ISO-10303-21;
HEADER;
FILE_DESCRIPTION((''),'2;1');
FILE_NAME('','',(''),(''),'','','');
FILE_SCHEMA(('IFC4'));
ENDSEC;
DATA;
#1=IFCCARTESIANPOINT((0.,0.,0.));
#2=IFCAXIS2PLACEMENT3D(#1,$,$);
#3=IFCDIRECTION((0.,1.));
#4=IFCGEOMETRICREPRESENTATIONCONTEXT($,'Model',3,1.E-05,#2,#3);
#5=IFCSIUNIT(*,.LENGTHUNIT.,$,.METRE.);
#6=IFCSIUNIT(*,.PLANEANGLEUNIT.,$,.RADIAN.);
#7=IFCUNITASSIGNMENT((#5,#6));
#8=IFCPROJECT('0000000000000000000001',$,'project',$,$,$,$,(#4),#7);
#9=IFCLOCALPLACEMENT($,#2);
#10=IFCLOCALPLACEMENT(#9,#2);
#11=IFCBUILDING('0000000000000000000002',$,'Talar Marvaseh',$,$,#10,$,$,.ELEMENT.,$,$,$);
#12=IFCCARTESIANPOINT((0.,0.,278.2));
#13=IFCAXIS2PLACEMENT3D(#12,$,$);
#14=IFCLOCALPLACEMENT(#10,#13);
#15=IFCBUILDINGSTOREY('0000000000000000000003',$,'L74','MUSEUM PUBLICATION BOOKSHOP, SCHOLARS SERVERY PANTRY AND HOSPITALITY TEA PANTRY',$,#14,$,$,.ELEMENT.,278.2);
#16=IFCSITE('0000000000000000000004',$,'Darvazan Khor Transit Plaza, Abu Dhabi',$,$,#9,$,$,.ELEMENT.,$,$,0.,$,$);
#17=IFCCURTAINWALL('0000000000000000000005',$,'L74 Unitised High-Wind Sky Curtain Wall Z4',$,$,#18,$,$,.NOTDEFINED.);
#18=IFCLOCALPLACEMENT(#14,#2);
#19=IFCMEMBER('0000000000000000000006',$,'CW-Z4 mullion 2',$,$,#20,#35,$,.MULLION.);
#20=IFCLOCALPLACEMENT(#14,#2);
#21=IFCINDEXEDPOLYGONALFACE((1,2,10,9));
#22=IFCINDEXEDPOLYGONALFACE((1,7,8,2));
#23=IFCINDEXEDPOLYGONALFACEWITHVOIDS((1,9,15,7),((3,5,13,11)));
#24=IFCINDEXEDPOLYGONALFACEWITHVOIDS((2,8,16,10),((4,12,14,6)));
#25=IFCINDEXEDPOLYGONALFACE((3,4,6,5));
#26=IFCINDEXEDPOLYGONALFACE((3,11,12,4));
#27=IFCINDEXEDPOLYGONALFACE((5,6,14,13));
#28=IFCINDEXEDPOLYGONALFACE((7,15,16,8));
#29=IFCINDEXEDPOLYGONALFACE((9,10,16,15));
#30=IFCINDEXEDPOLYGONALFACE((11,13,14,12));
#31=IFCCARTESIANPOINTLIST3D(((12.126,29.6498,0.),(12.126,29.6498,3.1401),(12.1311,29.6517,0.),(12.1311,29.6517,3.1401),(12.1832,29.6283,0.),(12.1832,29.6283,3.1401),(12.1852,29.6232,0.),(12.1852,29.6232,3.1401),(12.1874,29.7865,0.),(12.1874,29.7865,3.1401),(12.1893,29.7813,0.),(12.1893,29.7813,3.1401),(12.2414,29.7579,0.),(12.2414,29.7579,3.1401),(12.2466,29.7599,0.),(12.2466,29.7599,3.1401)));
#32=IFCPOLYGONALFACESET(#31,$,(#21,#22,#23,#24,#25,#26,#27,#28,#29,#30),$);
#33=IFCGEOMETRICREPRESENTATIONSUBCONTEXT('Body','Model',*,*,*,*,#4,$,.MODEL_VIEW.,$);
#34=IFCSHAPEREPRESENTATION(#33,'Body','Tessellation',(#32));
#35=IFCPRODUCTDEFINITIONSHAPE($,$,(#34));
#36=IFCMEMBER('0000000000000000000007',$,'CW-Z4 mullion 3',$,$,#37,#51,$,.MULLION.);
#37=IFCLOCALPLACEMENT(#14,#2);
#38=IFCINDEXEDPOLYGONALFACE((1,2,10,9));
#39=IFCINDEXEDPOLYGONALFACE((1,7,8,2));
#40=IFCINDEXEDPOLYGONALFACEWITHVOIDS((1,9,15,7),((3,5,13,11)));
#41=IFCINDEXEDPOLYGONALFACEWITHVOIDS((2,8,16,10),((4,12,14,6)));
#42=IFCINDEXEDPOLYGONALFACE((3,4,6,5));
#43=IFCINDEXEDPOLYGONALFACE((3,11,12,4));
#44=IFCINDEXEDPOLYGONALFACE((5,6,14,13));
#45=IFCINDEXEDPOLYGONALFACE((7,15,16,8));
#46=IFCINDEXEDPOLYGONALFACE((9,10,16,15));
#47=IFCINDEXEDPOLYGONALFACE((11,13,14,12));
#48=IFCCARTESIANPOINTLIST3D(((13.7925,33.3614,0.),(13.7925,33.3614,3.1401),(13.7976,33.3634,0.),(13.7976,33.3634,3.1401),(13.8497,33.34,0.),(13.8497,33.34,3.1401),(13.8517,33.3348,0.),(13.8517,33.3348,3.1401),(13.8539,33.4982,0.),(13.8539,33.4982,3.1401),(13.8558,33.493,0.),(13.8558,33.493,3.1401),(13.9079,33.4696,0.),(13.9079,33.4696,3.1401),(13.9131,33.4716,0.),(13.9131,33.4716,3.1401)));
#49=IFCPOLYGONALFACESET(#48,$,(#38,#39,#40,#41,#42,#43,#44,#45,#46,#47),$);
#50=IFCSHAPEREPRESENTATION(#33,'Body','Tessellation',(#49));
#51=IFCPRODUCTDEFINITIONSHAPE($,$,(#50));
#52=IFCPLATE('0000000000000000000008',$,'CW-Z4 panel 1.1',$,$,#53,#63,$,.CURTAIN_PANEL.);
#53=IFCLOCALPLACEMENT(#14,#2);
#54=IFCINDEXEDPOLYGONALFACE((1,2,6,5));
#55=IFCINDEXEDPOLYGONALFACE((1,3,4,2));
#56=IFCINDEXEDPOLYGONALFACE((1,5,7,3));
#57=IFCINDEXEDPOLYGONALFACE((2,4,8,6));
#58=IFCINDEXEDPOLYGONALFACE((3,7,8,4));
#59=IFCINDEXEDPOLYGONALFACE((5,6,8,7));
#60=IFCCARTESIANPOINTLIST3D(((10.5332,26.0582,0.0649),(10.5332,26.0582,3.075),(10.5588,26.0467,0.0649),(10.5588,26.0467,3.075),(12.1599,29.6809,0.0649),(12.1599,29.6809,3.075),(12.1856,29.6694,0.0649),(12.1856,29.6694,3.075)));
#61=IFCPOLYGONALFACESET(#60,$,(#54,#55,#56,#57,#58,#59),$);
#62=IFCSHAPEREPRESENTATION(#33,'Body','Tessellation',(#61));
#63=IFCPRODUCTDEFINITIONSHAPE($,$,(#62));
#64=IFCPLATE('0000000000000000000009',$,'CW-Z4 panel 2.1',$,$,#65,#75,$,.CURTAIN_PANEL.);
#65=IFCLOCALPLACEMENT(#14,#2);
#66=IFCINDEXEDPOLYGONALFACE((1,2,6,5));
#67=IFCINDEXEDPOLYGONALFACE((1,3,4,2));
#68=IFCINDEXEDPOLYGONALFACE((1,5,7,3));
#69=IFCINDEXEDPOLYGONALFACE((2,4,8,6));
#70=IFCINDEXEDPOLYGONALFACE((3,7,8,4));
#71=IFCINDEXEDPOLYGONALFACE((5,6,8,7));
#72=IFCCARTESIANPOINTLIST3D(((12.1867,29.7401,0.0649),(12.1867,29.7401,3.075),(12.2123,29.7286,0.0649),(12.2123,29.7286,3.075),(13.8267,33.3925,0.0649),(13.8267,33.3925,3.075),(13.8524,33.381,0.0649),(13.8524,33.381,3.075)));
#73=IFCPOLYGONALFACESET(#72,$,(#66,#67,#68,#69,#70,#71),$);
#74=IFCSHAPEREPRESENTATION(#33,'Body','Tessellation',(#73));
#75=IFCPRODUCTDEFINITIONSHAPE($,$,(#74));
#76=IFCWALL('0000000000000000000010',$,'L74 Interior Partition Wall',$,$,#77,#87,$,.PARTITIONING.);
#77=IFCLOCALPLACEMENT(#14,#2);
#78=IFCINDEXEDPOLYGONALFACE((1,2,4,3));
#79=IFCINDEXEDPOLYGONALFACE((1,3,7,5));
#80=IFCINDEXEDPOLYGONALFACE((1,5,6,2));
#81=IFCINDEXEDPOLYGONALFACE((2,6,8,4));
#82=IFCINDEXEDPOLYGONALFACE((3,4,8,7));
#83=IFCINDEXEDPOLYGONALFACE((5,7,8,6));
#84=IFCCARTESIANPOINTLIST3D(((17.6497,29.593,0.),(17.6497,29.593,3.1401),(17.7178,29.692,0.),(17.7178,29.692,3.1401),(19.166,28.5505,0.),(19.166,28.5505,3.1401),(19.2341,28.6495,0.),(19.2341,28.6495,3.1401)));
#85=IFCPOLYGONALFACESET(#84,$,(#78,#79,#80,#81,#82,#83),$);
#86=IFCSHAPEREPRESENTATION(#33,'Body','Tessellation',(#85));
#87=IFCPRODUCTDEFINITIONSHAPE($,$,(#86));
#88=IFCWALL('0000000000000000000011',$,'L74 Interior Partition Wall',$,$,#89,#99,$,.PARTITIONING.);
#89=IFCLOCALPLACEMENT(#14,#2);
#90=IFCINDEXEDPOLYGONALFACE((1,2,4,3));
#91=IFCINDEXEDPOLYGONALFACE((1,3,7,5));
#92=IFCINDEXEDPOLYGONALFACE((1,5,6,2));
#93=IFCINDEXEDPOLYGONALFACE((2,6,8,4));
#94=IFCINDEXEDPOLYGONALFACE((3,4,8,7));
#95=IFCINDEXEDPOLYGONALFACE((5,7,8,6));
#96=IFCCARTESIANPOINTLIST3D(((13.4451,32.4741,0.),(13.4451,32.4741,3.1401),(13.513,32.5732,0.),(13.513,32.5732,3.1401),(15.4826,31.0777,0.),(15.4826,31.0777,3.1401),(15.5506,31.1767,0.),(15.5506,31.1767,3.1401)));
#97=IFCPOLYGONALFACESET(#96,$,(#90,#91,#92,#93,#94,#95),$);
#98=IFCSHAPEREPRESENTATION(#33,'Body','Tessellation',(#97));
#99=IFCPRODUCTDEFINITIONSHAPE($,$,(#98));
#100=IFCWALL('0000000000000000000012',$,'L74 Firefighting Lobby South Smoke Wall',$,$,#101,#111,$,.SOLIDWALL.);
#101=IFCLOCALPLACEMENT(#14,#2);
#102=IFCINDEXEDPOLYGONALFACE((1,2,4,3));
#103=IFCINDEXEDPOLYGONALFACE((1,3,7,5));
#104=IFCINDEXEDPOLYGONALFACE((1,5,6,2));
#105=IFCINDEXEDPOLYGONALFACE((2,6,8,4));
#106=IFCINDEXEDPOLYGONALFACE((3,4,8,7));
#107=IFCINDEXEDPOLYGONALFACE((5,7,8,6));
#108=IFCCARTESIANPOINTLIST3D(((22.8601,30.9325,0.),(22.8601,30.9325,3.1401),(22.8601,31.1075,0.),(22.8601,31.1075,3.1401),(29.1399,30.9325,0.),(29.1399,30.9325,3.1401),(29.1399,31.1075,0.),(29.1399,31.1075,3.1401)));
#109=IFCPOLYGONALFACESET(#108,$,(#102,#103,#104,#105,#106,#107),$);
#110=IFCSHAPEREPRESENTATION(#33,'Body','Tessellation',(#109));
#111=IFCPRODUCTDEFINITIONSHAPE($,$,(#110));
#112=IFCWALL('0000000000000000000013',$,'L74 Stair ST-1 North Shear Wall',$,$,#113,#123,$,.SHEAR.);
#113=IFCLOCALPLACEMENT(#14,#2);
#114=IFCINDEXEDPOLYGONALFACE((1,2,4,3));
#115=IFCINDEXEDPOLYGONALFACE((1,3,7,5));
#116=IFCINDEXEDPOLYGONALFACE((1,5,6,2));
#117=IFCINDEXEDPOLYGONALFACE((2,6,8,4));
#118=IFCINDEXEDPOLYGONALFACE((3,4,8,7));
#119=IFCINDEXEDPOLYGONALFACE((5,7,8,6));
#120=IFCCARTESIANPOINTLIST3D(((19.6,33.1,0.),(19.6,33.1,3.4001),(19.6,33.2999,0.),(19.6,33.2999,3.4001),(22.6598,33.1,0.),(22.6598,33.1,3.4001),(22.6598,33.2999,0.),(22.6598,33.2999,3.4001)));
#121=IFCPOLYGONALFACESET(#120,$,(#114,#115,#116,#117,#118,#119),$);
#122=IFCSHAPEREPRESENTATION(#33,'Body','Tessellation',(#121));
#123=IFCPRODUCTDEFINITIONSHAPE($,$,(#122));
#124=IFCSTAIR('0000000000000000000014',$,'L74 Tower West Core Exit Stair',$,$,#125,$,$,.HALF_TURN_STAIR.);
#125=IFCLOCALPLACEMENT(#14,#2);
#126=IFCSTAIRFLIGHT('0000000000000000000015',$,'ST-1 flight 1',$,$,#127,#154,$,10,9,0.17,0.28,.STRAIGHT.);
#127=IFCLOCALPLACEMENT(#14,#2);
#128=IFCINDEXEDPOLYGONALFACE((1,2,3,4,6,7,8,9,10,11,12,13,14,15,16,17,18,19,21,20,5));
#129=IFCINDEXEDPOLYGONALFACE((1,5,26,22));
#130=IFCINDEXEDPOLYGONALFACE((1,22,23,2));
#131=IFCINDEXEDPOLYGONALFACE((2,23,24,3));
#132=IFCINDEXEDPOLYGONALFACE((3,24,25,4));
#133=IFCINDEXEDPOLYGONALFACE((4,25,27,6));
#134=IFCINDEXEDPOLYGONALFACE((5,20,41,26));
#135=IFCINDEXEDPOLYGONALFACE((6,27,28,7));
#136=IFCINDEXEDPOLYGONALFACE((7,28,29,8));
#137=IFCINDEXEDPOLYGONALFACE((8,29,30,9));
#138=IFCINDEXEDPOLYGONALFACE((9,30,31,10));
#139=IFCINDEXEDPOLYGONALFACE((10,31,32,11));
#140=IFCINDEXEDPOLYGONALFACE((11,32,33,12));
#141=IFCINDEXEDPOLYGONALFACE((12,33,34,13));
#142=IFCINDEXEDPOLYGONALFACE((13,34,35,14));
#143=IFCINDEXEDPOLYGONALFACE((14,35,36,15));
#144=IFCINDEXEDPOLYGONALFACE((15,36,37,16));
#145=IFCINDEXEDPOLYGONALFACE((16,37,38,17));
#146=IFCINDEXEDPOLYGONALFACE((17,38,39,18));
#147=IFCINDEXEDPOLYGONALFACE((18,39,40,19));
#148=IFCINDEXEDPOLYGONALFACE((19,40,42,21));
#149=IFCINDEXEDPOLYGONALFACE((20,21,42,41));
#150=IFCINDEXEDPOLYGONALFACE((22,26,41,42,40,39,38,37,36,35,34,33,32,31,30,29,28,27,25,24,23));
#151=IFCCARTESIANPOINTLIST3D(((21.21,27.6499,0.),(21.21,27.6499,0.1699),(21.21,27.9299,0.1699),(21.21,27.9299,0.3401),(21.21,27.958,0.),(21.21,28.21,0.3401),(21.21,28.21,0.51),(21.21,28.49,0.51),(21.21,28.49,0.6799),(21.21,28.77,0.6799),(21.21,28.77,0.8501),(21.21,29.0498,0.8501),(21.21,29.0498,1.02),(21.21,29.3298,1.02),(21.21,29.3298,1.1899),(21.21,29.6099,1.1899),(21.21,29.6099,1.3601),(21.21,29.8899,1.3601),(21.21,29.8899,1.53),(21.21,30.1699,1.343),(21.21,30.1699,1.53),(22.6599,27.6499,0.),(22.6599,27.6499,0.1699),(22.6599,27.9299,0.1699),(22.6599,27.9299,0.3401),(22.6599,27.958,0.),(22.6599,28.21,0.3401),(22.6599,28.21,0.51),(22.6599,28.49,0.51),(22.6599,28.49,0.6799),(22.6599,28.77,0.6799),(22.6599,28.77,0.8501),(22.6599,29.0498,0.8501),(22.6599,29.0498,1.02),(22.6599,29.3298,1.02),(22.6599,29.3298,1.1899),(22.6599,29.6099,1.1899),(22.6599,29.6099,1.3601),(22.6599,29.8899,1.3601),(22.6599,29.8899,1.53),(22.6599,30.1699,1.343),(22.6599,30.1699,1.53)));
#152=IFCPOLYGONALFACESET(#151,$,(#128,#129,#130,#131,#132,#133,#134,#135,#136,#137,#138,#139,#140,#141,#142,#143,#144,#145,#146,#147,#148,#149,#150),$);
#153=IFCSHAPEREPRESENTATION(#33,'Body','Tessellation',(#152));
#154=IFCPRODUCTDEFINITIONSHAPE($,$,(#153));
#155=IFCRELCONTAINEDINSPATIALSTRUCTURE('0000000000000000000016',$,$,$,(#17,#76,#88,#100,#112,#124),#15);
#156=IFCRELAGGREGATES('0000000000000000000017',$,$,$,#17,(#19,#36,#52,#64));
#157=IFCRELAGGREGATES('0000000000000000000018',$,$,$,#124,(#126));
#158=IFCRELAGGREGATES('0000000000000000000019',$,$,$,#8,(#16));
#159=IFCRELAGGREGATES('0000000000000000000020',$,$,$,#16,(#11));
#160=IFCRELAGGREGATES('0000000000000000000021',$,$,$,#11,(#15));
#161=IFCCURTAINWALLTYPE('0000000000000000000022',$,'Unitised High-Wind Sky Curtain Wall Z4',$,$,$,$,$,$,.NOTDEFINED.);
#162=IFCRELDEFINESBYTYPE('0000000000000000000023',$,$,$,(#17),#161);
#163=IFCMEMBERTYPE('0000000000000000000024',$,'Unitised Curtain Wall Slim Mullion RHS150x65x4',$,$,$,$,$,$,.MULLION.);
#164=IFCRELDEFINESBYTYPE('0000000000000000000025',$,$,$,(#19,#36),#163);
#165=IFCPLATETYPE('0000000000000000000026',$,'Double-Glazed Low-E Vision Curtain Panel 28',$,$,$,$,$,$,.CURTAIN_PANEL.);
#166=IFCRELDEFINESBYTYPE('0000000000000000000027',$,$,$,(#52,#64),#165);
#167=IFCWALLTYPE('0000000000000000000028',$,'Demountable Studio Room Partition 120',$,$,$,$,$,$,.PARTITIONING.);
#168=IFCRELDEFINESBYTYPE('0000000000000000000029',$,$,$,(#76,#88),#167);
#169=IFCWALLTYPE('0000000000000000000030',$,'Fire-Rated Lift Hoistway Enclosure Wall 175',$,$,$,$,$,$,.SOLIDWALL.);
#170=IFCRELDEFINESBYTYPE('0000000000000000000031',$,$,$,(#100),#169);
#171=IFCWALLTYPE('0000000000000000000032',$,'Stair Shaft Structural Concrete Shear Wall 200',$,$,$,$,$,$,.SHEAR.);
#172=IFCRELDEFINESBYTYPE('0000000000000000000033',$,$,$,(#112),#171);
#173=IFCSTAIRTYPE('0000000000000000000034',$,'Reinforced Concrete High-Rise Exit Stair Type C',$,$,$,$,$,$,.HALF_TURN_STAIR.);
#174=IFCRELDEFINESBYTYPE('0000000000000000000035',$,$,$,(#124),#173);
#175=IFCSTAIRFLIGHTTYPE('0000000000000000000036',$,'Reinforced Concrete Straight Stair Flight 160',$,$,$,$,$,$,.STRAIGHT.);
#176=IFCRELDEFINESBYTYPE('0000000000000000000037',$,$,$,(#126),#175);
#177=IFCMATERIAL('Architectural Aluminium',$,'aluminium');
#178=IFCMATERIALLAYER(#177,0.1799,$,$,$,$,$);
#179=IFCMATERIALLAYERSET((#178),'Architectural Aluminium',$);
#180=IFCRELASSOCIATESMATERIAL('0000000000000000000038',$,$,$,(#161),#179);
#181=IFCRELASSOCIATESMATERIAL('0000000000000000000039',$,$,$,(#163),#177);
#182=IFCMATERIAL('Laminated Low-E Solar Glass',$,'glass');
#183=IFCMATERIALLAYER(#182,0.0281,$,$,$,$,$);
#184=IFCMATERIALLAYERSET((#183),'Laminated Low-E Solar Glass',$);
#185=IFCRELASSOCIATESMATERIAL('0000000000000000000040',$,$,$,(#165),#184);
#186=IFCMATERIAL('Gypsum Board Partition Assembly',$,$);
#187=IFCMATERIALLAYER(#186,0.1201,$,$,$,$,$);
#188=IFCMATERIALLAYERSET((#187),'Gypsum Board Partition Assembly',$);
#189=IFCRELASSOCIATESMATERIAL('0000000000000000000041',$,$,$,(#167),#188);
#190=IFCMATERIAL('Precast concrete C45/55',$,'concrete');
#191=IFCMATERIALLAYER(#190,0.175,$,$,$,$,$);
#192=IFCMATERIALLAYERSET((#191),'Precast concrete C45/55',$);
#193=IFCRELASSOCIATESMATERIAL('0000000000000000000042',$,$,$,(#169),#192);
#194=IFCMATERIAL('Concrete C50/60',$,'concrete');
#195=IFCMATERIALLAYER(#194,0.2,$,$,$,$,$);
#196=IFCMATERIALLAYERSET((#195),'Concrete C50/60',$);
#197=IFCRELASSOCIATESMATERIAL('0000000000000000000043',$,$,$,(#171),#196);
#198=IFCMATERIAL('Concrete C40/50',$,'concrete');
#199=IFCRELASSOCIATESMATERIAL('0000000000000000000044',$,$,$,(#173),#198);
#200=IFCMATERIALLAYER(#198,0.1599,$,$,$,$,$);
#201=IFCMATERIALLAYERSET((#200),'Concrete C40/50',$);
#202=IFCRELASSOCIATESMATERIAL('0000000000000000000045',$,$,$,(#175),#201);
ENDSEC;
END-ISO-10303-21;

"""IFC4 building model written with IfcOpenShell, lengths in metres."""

from ifc_helpers import new_model, si_unit, direction, frame, frame_2d, origin, origin_2d, place, context, subcontext, project, spatial, polyline, rectangle, hollow_rectangle, outline, extrude, source, transform, mapped, material, layer, layer_set, material_profile, profile_set, type_object, type_shapes, element, aggregate, save


model = new_model("IFC4")

# Units and contexts
model_context = context("Model", 3, precision=1e-05, world=origin(), true_north=direction((0.0, 1.0)))
body_context = subcontext(model_context, "Body", "Model", "MODEL_VIEW")
ifc_project = project(units=[si_unit("LENGTHUNIT", "METRE"), si_unit("PLANEANGLEUNIT", "RADIAN")], contexts=[model_context])

# Site, building, storey
site_placement = place(None, origin())
site = spatial("IfcSite", under=ifc_project, at=site_placement, Name="Darvazan Khor Transit Plaza, Abu Dhabi", CompositionType="ELEMENT", RefElevation=0.0)
building_placement = place(site_placement, origin())
building = spatial("IfcBuilding", under=site, at=building_placement, Name="Talar Marvaseh", CompositionType="ELEMENT")
storey_placement = place(building_placement, frame((0.0, 0.0, 278.2)))
storey = spatial("IfcBuildingStorey", under=building, at=storey_placement, Name="L74", Description="MUSEUM PUBLICATION BOOKSHOP, SCHOLARS SERVERY PANTRY AND HOSPITALITY TEA PANTRY", CompositionType="ELEMENT", Elevation=278.2)

# Shared definitions
ifc_material_1 = material(Name="Concrete C50/60", Category="concrete")

# Shared definitions
ifc_material_2 = material(Name="Concrete C40/50", Category="concrete")

# Curtain wall, members, plates
ifc_material_3 = material(Name="Architectural Aluminium", Category="aluminium")
ifc_layer_1 = layer(ifc_material_3, 0.1799)
ifc_layer_set_1 = layer_set([ifc_layer_1], Name="Architectural Aluminium")
curtain_wall_type = type_object("IfcCurtainWallType", Name="Unitised High-Wind Sky Curtain Wall Z4", PredefinedType="NOTDEFINED", material=ifc_layer_set_1)
curtain_wall_placement = place(storey_placement, origin())
curtain_wall = element("IfcCurtainWall", 1, at=curtain_wall_placement, inside=storey, type_object=curtain_wall_type, Name="L74 Unitised High-Wind Sky Curtain Wall Z4", PredefinedType="NOTDEFINED")
ifc_material_profile_1 = material_profile(ifc_material_3, hollow_rectangle(XDim=0.0649, YDim=0.1499, WallThickness=0.0039, at=origin_2d()), Name="RHS150x65x4")
ifc_profile_set_1 = profile_set([ifc_material_profile_1], Name="Architectural Aluminium")
member_type_1 = type_object("IfcMemberType", Name="Unitised Curtain Wall Slim Mullion RHS150x65x4", PredefinedType="MULLION", material=ifc_profile_set_1)
shared_shape_1 = source(origin(), body_context, "Body", "SweptSolid", [
    extrude(hollow_rectangle(XDim=0.0649, YDim=0.1499, WallThickness=0.0039, at=origin_2d()), origin(), (0.0, 0.0, 1.0), 3.1401),
])
type_shapes(member_type_1, [shared_shape_1])
member_1_placement = place(storey_placement, frame((12.1863, 29.7048, 0.0), z_axis=(0.0, 0.0, 1.0), x_axis=(-0.912249, 0.409635, 0.0)))
member_1 = element("IfcMember", 2, at=member_1_placement, type_object=member_type_1, Name="CW-Z4 mullion 2", PredefinedType="MULLION", context=body_context, shape_type="MappedRepresentation", body=[
    mapped(shared_shape_1, transform((0.0, 0.0, 0.0), x_axis=(1.0, 0.0, 0.0), y_axis=(0.0, 1.0, 0.0), z_axis=(0.0, 0.0, 1.0), scale=1.0)),
])
member_2_placement = place(storey_placement, frame((13.8528, 33.4165, 0.0), z_axis=(0.0, 0.0, 1.0), x_axis=(-0.912249, 0.409635, 0.0)))
member_2 = element("IfcMember", 3, at=member_2_placement, type_object=member_type_1, Name="CW-Z4 mullion 3", PredefinedType="MULLION", context=body_context, shape_type="MappedRepresentation", body=[
    mapped(shared_shape_1, transform((0.0, 0.0, 0.0), x_axis=(1.0, 0.0, 0.0), y_axis=(0.0, 1.0, 0.0), z_axis=(0.0, 0.0, 1.0), scale=1.0)),
])
ifc_material_4 = material(Name="Laminated Low-E Solar Glass", Category="glass")
ifc_layer_2 = layer(ifc_material_4, 0.0281)
ifc_layer_set_2 = layer_set([ifc_layer_2], Name="Laminated Low-E Solar Glass")
plate_type = type_object("IfcPlateType", Name="Double-Glazed Low-E Vision Curtain Panel 28", PredefinedType="CURTAIN_PANEL", material=ifc_layer_set_2)
shared_shape_2 = source(origin(), body_context, "Body", "SweptSolid", [
    extrude(rectangle(XDim=3.9712, YDim=0.0281, at=origin_2d()), origin(), (0.0, 0.0, 1.0), 3.01),
])
plate_1_placement = place(storey_placement, frame((11.3594, 27.8638, 0.0649), z_axis=(0.0, 0.0, 1.0), x_axis=(0.409635, 0.912249, 0.0)))
plate_1 = element("IfcPlate", 4, at=plate_1_placement, type_object=plate_type, Name="CW-Z4 panel 1.1", PredefinedType="CURTAIN_PANEL", context=body_context, shape_type="MappedRepresentation", body=[
    mapped(shared_shape_2, transform((0.0, 0.0, 0.0), x_axis=(1.0, 0.0, 0.0), y_axis=(0.0, 1.0, 0.0), z_axis=(0.0, 0.0, 1.0), scale=1.0)),
])
shared_shape_3 = source(origin(), body_context, "Body", "SweptSolid", [
    extrude(rectangle(XDim=4.0037, YDim=0.0281, at=origin_2d()), origin(), (0.0, 0.0, 1.0), 3.01),
])
type_shapes(plate_type, [shared_shape_2, shared_shape_3])
plate_2_placement = place(storey_placement, frame((13.0195, 31.5605, 0.0649), z_axis=(0.0, 0.0, 1.0), x_axis=(0.409635, 0.912249, 0.0)))
plate_2 = element("IfcPlate", 5, at=plate_2_placement, type_object=plate_type, Name="CW-Z4 panel 2.1", PredefinedType="CURTAIN_PANEL", context=body_context, shape_type="MappedRepresentation", body=[
    mapped(shared_shape_3, transform((0.0, 0.0, 0.0), x_axis=(1.0, 0.0, 0.0), y_axis=(0.0, 1.0, 0.0), z_axis=(0.0, 0.0, 1.0), scale=1.0)),
])
aggregate(curtain_wall, [member_1, member_2, plate_1, plate_2])

# Walls
ifc_material_5 = material(Name="Gypsum Board Partition Assembly")
ifc_layer_3 = layer(ifc_material_5, 0.1201)
ifc_layer_set_3 = layer_set([ifc_layer_3], Name="Gypsum Board Partition Assembly")
wall_type_1 = type_object("IfcWallType", Name="Demountable Studio Room Partition 120", PredefinedType="PARTITIONING", material=ifc_layer_set_3)
wall_1_placement = place(storey_placement, frame((19.2, 28.6001, 0.0), z_axis=(0.0, 0.0, 1.0), x_axis=(-0.824046, 0.566523, 0.0)))
element("IfcWall", 6, at=wall_1_placement, inside=storey, type_object=wall_type_1, Name="L74 Interior Partition Wall", PredefinedType="PARTITIONING", context=body_context, shape_type="SweptSolid", body=[
    extrude(rectangle(XDim=1.8401, YDim=0.1201, at=frame_2d((0.9199, 0.0))), origin(), (0.0, 0.0, 1.0), 3.1401),
])
wall_2_placement = place(storey_placement, frame((15.5166, 31.1272, 0.0), z_axis=(0.0, 0.0, 1.0), x_axis=(-0.824866, 0.565329, 0.0)))
element("IfcWall", 7, at=wall_2_placement, inside=storey, type_object=wall_type_1, Name="L74 Interior Partition Wall", PredefinedType="PARTITIONING", context=body_context, shape_type="SweptSolid", body=[
    extrude(rectangle(XDim=2.4702, YDim=0.1201, at=frame_2d((1.2351, 0.0))), origin(), (0.0, 0.0, 1.0), 3.1401),
])
ifc_material_6 = material(Name="Precast concrete C45/55", Category="concrete")
ifc_layer_4 = layer(ifc_material_6, 0.175)
ifc_layer_set_4 = layer_set([ifc_layer_4], Name="Precast concrete C45/55")
wall_type_2 = type_object("IfcWallType", Name="Fire-Rated Lift Hoistway Enclosure Wall 175", PredefinedType="SOLIDWALL", material=ifc_layer_set_4)
wall_3_placement = place(storey_placement, frame((22.8601, 31.02, 0.0), z_axis=(0.0, 0.0, 1.0), x_axis=(1.0, 0.0, 0.0)))
element("IfcWall", 8, at=wall_3_placement, inside=storey, type_object=wall_type_2, Name="L74 Firefighting Lobby South Smoke Wall", PredefinedType="SOLIDWALL", context=body_context, shape_type="SweptSolid", body=[
    extrude(rectangle(XDim=6.2798, YDim=0.175, at=frame_2d((3.1399, 0.0))), origin(), (0.0, 0.0, 1.0), 3.1401),
])
ifc_layer_5 = layer(ifc_material_1, 0.2)
ifc_layer_set_5 = layer_set([ifc_layer_5], Name="Concrete C50/60")
wall_type_3 = type_object("IfcWallType", Name="Stair Shaft Structural Concrete Shear Wall 200", PredefinedType="SHEAR", material=ifc_layer_set_5)
wall_4_placement = place(storey_placement, frame((19.6001, 33.2, 0.0), z_axis=(0.0, 0.0, 1.0), x_axis=(1.0, 0.0, 0.0)))
element("IfcWall", 9, at=wall_4_placement, inside=storey, type_object=wall_type_3, Name="L74 Stair ST-1 North Shear Wall", PredefinedType="SHEAR", context=body_context, shape_type="SweptSolid", body=[
    extrude(rectangle(XDim=3.0598, YDim=0.2, at=frame_2d((1.5298, 0.0))), origin(), (0.0, 0.0, 1.0), 3.4001),
])

# Stair, stair flight
stair_type = type_object("IfcStairType", Name="Reinforced Concrete High-Rise Exit Stair Type C", PredefinedType="HALF_TURN_STAIR", material=ifc_material_2)
stair_placement = place(storey_placement, origin())
stair = element("IfcStair", 10, at=stair_placement, inside=storey, type_object=stair_type, Name="L74 Tower West Core Exit Stair", PredefinedType="HALF_TURN_STAIR")
ifc_layer_6 = layer(ifc_material_2, 0.1599)
ifc_layer_set_6 = layer_set([ifc_layer_6], Name="Concrete C40/50")
stair_flight_type = type_object("IfcStairFlightType", Name="Reinforced Concrete Straight Stair Flight 160", PredefinedType="STRAIGHT", material=ifc_layer_set_6)
stair_flight_1_placement = place(storey_placement, frame((21.9351, 27.6499, 0.0), z_axis=(0.0, 0.0, 1.0), x_axis=(0.0, 1.0, 0.0)))
stair_flight_1 = element("IfcStairFlight", 11, at=stair_flight_1_placement, type_object=stair_flight_type, Name="ST-1 flight 1", NumberOfRisers=10, NumberOfTreads=9, PredefinedType="STRAIGHT", RiserHeight=0.17, TreadLength=0.28, context=body_context, shape_type="SweptSolid", body=[
    extrude(outline(polyline([(0.0, 0.0), (0.0, 0.1699), (0.28, 0.1699), (0.28, 0.3401), (0.5601, 0.3401), (0.5601, 0.51), (0.8401, 0.51), (0.8401, 0.6799), (1.1201, 0.6799), (1.1201, 0.8501), (1.3999, 0.8501), (1.3999, 1.02), (1.6799, 1.02), (1.6799, 1.1899), (1.96, 1.1899), (1.96, 1.3601), (2.24, 1.3601), (2.24, 1.53), (2.52, 1.53), (2.52, 1.7), (2.52, 1.343), (0.3081, 0.0), (0.0, 0.0)])), frame((0.0, 0.7251, 0.0), z_axis=(0.0, -1.0, 0.0), x_axis=(1.0, 0.0, 0.0)), (0.0, 0.0, 1.0), 1.45),
])
aggregate(stair, [stair_flight_1])

save(model, "model.ifc")
